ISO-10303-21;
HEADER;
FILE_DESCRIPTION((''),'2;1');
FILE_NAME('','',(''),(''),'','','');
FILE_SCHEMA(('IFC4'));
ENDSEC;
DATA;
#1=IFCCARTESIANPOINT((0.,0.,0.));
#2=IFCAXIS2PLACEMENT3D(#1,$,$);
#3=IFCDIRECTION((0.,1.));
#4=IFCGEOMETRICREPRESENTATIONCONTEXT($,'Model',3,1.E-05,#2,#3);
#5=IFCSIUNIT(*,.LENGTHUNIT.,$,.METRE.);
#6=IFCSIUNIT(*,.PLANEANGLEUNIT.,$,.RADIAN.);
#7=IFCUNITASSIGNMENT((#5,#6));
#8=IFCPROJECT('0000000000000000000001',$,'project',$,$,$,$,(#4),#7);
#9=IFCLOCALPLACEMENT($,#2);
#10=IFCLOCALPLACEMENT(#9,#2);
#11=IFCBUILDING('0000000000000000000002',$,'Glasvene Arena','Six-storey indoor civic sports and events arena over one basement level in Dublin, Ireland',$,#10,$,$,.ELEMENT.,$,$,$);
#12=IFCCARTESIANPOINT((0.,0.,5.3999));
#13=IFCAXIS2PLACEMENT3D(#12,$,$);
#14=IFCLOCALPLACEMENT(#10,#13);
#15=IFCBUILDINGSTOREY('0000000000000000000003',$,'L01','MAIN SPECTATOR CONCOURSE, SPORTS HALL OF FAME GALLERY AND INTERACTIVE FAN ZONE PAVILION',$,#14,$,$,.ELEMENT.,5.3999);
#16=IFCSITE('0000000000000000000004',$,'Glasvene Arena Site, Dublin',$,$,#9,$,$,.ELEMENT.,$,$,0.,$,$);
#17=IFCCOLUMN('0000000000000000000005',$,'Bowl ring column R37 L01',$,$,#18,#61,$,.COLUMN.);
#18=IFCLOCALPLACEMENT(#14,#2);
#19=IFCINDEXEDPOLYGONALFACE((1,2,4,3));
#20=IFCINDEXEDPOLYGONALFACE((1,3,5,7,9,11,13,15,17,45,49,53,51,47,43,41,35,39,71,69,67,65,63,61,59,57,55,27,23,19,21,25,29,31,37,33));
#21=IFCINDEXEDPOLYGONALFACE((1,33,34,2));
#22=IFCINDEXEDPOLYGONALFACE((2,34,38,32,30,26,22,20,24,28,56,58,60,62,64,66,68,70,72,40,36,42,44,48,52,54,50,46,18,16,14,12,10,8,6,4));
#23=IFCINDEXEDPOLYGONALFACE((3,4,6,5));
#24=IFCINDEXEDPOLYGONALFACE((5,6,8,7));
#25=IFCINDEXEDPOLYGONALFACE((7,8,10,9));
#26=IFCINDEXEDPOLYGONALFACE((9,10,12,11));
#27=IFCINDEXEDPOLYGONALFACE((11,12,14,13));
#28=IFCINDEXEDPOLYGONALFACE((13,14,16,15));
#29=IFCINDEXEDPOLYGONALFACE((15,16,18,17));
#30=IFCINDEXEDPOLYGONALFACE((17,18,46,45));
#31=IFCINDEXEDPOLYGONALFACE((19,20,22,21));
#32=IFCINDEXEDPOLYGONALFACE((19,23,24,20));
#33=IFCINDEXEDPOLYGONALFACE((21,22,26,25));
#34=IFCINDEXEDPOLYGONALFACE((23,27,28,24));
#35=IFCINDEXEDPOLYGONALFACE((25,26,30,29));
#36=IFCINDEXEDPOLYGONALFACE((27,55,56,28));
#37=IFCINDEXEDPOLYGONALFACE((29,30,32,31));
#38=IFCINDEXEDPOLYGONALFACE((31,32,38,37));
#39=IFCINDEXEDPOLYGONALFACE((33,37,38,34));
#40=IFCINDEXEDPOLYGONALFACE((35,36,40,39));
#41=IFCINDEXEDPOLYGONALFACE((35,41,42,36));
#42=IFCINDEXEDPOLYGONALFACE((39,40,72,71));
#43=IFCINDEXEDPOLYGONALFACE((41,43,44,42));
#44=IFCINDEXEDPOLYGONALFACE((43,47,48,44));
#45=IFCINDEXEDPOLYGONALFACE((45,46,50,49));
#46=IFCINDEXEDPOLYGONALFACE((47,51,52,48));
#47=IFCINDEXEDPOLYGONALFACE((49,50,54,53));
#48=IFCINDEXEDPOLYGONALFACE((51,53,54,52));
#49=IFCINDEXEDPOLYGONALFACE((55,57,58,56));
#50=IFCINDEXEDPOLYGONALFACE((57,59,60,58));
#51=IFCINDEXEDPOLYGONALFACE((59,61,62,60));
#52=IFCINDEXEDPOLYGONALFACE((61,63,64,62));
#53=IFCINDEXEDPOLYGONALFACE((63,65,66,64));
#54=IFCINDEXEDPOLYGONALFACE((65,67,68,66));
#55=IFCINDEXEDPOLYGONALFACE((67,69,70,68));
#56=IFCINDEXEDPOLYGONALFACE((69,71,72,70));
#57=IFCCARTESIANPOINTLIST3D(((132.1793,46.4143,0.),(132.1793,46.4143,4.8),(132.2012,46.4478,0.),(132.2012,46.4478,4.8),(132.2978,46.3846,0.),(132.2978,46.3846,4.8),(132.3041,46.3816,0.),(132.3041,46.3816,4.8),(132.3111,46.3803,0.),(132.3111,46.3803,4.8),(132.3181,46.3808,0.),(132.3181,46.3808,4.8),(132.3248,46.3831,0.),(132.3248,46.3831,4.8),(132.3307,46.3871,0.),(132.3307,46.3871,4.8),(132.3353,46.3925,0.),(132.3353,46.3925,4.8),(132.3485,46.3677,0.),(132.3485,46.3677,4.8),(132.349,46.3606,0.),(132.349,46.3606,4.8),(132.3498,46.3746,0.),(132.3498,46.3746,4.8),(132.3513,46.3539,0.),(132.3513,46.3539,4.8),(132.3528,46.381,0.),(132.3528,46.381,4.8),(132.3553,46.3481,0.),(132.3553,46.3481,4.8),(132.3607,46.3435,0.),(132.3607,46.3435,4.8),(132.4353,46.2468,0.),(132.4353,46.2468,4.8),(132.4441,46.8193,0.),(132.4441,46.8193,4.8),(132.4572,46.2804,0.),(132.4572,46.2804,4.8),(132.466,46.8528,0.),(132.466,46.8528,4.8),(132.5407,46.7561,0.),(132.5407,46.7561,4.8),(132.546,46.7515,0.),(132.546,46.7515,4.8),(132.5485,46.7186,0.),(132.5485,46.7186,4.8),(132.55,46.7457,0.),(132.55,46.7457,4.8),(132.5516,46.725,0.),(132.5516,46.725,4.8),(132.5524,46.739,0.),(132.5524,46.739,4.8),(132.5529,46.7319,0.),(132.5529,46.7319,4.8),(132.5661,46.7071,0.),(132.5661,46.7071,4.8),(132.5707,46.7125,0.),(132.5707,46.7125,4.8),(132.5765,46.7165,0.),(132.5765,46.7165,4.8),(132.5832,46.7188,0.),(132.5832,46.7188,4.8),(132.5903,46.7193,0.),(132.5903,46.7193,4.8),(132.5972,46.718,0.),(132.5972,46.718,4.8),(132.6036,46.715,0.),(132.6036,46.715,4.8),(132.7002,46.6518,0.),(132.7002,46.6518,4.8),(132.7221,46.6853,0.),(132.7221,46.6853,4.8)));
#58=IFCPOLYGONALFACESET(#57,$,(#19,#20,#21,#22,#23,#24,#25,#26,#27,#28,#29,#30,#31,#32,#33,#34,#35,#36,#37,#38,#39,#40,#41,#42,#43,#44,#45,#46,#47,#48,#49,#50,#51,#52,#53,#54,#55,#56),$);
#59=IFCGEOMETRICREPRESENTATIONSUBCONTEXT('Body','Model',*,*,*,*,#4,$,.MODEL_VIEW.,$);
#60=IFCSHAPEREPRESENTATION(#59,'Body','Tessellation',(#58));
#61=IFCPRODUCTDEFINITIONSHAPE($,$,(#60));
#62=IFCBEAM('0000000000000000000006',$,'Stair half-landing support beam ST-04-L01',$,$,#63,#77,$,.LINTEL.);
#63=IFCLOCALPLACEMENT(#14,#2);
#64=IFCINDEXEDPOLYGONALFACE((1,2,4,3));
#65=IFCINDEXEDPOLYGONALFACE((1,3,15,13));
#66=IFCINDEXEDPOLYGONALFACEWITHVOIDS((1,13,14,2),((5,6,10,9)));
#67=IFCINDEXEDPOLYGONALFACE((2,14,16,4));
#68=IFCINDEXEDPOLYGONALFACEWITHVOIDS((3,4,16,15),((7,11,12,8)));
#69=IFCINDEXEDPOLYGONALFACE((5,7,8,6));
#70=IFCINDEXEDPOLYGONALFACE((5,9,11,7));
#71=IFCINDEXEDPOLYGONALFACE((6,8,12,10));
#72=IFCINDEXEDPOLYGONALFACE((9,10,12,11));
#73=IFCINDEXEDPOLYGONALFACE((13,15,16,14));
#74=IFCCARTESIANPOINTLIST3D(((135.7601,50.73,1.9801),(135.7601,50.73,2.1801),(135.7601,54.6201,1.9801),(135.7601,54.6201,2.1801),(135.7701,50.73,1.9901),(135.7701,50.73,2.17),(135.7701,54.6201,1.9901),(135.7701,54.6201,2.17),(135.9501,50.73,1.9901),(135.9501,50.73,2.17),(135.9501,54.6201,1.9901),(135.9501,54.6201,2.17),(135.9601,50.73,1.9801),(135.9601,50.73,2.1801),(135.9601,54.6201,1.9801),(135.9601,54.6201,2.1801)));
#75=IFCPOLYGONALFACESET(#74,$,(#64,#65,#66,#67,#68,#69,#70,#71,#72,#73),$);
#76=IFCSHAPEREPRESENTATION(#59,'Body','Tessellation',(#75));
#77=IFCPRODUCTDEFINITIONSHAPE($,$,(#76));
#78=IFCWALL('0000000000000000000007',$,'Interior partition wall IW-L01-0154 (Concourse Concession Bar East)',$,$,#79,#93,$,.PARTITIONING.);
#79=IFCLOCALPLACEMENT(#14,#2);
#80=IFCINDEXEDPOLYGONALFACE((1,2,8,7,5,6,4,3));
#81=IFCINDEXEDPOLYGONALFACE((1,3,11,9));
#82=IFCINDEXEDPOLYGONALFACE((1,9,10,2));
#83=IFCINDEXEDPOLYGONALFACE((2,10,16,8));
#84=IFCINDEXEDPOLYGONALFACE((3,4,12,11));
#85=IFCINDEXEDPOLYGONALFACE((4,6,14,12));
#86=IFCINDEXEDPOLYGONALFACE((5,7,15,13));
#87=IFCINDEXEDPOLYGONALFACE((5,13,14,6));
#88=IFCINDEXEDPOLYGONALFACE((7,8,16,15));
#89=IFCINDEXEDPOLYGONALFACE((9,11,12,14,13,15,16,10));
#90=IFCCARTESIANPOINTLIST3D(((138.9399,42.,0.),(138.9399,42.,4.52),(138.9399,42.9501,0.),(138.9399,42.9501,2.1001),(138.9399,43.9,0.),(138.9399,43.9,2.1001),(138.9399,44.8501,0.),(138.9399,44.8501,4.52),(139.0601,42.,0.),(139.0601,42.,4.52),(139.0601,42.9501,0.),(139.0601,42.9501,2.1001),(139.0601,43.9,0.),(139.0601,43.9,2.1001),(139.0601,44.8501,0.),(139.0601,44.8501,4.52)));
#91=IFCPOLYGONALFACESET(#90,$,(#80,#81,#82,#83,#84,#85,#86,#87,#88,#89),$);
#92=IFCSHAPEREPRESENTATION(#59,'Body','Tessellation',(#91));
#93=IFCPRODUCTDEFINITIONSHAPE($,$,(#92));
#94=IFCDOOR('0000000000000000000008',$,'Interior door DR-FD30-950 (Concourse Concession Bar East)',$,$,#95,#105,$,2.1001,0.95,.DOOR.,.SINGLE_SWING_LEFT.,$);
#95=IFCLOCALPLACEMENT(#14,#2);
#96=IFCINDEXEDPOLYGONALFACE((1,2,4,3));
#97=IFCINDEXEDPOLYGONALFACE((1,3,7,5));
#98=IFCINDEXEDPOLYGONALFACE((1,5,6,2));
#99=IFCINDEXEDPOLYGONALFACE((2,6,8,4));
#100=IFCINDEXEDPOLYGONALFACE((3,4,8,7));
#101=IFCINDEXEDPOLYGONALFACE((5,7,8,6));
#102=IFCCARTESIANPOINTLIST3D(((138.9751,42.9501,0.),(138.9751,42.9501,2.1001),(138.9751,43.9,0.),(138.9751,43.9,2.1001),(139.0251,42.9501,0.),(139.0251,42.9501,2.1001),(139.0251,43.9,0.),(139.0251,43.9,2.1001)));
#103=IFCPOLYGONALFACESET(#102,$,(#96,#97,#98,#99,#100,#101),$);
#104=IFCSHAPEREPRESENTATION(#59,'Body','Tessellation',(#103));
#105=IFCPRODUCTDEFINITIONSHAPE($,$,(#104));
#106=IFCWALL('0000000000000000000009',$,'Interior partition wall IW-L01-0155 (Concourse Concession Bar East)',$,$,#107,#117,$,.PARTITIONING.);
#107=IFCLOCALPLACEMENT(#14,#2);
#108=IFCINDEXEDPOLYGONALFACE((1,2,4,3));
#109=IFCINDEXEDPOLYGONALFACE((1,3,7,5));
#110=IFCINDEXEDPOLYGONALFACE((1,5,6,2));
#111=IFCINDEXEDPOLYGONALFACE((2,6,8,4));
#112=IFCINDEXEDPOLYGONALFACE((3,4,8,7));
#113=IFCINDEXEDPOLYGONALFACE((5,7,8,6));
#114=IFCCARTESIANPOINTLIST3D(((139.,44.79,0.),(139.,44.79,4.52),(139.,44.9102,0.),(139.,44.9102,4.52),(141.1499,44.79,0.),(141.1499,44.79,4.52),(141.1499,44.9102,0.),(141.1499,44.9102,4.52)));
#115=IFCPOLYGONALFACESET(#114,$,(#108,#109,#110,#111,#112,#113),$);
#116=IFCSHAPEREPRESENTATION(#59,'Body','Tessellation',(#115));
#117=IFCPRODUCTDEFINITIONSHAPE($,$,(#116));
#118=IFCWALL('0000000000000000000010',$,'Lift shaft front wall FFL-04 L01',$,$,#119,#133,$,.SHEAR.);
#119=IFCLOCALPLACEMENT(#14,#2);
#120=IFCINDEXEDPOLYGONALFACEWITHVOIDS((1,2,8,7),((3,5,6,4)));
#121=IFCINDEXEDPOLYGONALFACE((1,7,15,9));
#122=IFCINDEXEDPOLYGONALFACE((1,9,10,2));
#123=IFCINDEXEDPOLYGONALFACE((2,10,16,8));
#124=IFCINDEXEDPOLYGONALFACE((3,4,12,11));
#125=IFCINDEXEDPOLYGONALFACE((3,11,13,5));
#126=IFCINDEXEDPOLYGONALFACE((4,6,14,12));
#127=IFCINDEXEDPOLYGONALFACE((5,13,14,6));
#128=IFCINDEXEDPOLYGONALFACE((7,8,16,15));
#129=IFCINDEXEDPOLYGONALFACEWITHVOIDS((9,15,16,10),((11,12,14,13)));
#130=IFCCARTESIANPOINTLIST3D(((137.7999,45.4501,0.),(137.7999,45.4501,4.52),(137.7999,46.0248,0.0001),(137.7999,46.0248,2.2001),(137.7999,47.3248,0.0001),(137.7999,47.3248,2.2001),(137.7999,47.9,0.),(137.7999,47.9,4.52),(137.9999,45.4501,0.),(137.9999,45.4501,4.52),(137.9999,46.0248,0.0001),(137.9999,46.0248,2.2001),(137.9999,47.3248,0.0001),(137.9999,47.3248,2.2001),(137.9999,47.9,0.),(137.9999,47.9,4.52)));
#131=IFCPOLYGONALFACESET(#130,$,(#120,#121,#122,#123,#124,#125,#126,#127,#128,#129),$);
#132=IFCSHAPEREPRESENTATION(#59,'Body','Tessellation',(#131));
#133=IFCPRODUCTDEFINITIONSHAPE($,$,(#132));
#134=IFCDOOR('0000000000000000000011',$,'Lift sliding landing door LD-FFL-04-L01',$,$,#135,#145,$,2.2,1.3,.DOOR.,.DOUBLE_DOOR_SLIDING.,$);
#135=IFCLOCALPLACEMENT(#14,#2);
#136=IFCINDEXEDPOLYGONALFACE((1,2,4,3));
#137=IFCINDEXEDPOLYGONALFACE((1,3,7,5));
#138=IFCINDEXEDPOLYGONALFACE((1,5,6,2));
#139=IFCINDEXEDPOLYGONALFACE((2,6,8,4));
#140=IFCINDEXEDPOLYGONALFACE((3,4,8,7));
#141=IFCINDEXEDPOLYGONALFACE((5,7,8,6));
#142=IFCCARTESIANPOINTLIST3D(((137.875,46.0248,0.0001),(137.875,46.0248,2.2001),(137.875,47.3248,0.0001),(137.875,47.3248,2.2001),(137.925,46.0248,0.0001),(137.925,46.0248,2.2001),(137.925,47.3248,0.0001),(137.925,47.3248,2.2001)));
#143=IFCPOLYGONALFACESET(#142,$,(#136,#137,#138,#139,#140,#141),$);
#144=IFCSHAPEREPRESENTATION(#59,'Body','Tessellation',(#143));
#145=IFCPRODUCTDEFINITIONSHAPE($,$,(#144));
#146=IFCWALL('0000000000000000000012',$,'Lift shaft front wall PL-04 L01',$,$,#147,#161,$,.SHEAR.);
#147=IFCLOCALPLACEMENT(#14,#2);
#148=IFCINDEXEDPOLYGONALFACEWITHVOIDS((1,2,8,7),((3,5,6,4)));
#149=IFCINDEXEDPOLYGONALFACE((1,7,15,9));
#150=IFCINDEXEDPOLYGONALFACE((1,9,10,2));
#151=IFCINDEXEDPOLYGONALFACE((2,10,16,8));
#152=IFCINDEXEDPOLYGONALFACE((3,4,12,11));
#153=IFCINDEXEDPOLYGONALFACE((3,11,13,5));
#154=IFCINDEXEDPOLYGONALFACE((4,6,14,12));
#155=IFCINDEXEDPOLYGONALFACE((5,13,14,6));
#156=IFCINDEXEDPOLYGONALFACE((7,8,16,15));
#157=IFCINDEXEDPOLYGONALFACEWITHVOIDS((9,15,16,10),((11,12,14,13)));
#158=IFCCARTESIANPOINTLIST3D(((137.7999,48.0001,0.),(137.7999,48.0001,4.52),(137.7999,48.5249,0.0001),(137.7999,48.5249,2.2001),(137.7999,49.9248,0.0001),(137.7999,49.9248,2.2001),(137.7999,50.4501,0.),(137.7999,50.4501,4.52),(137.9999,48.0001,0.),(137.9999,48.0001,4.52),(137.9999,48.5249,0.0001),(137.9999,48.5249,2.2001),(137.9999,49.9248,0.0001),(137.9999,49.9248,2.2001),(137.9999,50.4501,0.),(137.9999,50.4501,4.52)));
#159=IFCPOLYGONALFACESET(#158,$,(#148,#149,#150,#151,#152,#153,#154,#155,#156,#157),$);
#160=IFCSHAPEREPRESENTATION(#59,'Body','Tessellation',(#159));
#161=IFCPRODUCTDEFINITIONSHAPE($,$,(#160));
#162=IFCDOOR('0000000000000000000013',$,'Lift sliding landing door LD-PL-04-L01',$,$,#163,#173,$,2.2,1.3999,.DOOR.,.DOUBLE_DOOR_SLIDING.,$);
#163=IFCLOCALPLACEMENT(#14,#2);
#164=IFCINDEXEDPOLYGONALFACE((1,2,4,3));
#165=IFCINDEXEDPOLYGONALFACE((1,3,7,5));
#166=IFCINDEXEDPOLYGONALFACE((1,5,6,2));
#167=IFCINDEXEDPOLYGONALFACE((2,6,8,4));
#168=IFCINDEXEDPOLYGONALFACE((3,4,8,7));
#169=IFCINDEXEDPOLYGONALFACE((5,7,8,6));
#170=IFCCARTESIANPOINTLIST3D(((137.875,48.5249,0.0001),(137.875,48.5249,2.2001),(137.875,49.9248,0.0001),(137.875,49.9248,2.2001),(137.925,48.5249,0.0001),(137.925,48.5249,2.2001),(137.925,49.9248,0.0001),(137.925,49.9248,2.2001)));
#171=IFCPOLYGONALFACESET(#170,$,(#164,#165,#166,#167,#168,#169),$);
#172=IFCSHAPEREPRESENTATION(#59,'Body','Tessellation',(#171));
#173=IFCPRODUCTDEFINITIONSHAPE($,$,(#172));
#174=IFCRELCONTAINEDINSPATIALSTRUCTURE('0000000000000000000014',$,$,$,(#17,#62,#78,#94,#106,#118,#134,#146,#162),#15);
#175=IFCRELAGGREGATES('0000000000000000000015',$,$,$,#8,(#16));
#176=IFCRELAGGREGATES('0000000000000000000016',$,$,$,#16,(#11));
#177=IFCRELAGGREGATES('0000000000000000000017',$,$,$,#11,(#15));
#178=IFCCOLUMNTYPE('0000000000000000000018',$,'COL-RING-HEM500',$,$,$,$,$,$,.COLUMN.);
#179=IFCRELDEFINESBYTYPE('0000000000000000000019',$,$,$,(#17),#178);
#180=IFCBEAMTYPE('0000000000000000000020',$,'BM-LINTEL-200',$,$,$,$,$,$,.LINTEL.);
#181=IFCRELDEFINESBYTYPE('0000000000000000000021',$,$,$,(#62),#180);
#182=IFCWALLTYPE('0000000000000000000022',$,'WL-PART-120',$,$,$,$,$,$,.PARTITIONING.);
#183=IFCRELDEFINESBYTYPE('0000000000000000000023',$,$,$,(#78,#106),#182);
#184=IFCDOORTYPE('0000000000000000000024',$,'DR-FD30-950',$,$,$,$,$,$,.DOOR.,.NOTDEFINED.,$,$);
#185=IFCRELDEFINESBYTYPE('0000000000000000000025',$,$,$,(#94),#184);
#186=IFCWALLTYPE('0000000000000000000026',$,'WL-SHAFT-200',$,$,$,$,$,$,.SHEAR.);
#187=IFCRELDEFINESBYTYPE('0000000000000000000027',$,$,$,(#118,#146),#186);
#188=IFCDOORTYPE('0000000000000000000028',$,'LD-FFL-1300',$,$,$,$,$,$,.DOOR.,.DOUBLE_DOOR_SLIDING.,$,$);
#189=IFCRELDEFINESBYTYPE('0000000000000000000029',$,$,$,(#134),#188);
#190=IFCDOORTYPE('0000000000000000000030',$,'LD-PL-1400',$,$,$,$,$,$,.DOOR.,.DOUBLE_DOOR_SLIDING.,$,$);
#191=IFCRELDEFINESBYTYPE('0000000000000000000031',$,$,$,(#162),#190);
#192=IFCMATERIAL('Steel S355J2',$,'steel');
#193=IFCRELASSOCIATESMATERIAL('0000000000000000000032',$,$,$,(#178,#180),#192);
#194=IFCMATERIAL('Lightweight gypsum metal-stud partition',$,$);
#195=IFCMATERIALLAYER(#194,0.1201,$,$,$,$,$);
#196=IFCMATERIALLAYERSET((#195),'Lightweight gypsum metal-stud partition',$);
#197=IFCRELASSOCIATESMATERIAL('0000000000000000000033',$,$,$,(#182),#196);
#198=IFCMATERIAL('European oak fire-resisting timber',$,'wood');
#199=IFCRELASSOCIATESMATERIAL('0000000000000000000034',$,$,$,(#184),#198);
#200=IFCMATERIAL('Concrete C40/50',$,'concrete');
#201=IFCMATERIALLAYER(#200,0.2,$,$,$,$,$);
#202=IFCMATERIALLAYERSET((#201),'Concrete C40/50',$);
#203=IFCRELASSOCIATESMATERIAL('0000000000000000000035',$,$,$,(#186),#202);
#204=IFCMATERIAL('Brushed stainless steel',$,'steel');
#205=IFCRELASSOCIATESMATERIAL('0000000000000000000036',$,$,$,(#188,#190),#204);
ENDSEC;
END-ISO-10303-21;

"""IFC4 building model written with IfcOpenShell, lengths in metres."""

from ifc_helpers import new_model, si_unit, direction, frame, frame_2d, origin, origin_2d, place, context, subcontext, project, spatial, rectangle, hollow_rectangle, i_section, extrude, material, layer, layer_set, material_profile, profile_set, type_object, element, fill, save


model = new_model("IFC4")

# Units and contexts
model_context = context("Model", 3, precision=1e-05, world=origin(), true_north=direction((0.0, 1.0)))
body_context = subcontext(model_context, "Body", "Model", "MODEL_VIEW")
ifc_project = project(units=[si_unit("LENGTHUNIT", "METRE"), si_unit("PLANEANGLEUNIT", "RADIAN")], contexts=[model_context])

# Site, building, storey
site_placement = place(None, origin())
site = spatial("IfcSite", under=ifc_project, at=site_placement, Name="Glasvene Arena Site, Dublin", CompositionType="ELEMENT", RefElevation=0.0)
building_placement = place(site_placement, origin())
building = spatial("IfcBuilding", under=site, at=building_placement, Name="Glasvene Arena", Description="Six-storey indoor civic sports and events arena over one basement level in Dublin, Ireland", CompositionType="ELEMENT")
storey_placement = place(building_placement, frame((0.0, 0.0, 5.3999)))
storey = spatial("IfcBuildingStorey", under=building, at=storey_placement, Name="L01", Description="MAIN SPECTATOR CONCOURSE, SPORTS HALL OF FAME GALLERY AND INTERACTIVE FAN ZONE PAVILION", CompositionType="ELEMENT", Elevation=5.3999)

# Column
ifc_material_1 = material(Name="Steel S355J2", Category="steel")
ifc_material_profile_1 = material_profile(ifc_material_1, i_section(OverallWidth=0.3059, OverallDepth=0.5239, WebThickness=0.021, FlangeThickness=0.04, FilletRadius=0.0271, at=origin_2d()), Name="HEM 500")
ifc_profile_set_1 = profile_set([ifc_material_profile_1], Name="Steel S355J2")
column_type = type_object("IfcColumnType", Name="COL-RING-HEM500", PredefinedType="COLUMN", material=ifc_profile_set_1)
column_placement = place(storey_placement, frame((132.4507, 46.5498, 0.0), z_axis=(0.0, 0.0, 1.0), x_axis=(0.836955, -0.547271, 0.0)))
element("IfcColumn", 1, at=column_placement, inside=storey, type_object=column_type, Name="Bowl ring column R37 L01", PredefinedType="COLUMN", context=body_context, shape_type="SweptSolid", body=[
    extrude(i_section(OverallWidth=0.3059, OverallDepth=0.5239, WebThickness=0.021, FlangeThickness=0.04, FilletRadius=0.0271, at=origin_2d()), origin(), (0.0, 0.0, 1.0), 4.8),
])

# Beam
ifc_material_profile_2 = material_profile(ifc_material_1, hollow_rectangle(XDim=0.2, YDim=0.2, WallThickness=0.01, at=origin_2d()), Name="SHS 200x200x10.0")
ifc_profile_set_2 = profile_set([ifc_material_profile_2], Name="Steel S355J2")
beam_type = type_object("IfcBeamType", Name="BM-LINTEL-200", PredefinedType="LINTEL", material=ifc_profile_set_2)
beam_placement = place(storey_placement, frame((135.8601, 50.73, 2.0801), z_axis=(0.0, 1.0, 0.0), x_axis=(-1.0, 0.0, 0.0)))
element("IfcBeam", 2, at=beam_placement, inside=storey, type_object=beam_type, Name="Stair half-landing support beam ST-04-L01", PredefinedType="LINTEL", context=body_context, shape_type="SweptSolid", body=[
    extrude(hollow_rectangle(XDim=0.2, YDim=0.2, WallThickness=0.01, at=origin_2d()), origin(), (0.0, 0.0, 1.0), 3.8901),
])

# Shared definitions
ifc_material_2 = material(Name="Concrete C40/50", Category="concrete")

# Wall, opening, door
ifc_material_3 = material(Name="Lightweight gypsum metal-stud partition")
ifc_layer_1 = layer(ifc_material_3, 0.1201)
ifc_layer_set_1 = layer_set([ifc_layer_1], Name="Lightweight gypsum metal-stud partition")
wall_type_1 = type_object("IfcWallType", Name="WL-PART-120", PredefinedType="PARTITIONING", material=ifc_layer_set_1)
wall_1_placement = place(storey_placement, frame((139.0, 42.0, 0.0), z_axis=(0.0, 0.0, 1.0), x_axis=(0.0, 1.0, 0.0)))
wall_1 = element("IfcWall", 3, at=wall_1_placement, inside=storey, type_object=wall_type_1, Name="Interior partition wall IW-L01-0154 (Concourse Concession Bar East)", PredefinedType="PARTITIONING", context=body_context, shape_type="SweptSolid", body=[
    extrude(rectangle(XDim=2.8501, YDim=0.1201, at=frame_2d((1.425, 0.0))), origin(), (0.0, 0.0, 1.0), 4.52),
])
opening_1_placement = place(wall_1_placement, frame((0.95, 0.0, 0.0)))
opening_1 = element("IfcOpeningElement", 4, at=opening_1_placement, cuts=wall_1, PredefinedType="OPENING", context=body_context, shape_type="SweptSolid", body=[
    extrude(rectangle(XDim=0.95, YDim=2.1001, at=frame_2d((0.4751, 1.05))), frame((0.0, 0.0701, 0.0), z_axis=(0.0, -1.0, 0.0), x_axis=(1.0, 0.0, 0.0)), (0.0, 0.0, 1.0), 0.1401),
])
ifc_material_4 = material(Name="European oak fire-resisting timber", Category="wood")
door_type_1 = type_object("IfcDoorType", Name="DR-FD30-950", OperationType="NOTDEFINED", PredefinedType="DOOR", material=ifc_material_4)
door_1_placement = place(opening_1_placement, origin())
door_1 = element("IfcDoor", 5, at=door_1_placement, inside=storey, type_object=door_type_1, Name="Interior door DR-FD30-950 (Concourse Concession Bar East)", OperationType="SINGLE_SWING_LEFT", OverallHeight=2.1001, OverallWidth=0.95, PredefinedType="DOOR", context=body_context, shape_type="SweptSolid", body=[
    extrude(rectangle(XDim=0.95, YDim=2.1001, at=frame_2d((0.4751, 1.05))), frame((0.0, 0.0249, 0.0), z_axis=(0.0, -1.0, 0.0), x_axis=(1.0, 0.0, 0.0)), (0.0, 0.0, 1.0), 0.05),
])
fill(opening_1, door_1)

# Wall
wall_2_placement = place(storey_placement, frame((139.0, 44.8501, 0.0), z_axis=(0.0, 0.0, 1.0), x_axis=(1.0, 0.0, 0.0)))
element("IfcWall", 6, at=wall_2_placement, inside=storey, type_object=wall_type_1, Name="Interior partition wall IW-L01-0155 (Concourse Concession Bar East)", PredefinedType="PARTITIONING", context=body_context, shape_type="SweptSolid", body=[
    extrude(rectangle(XDim=2.1499, YDim=0.1201, at=frame_2d((1.075, 0.0))), origin(), (0.0, 0.0, 1.0), 4.52),
])

# Walls, openings, doors
ifc_layer_2 = layer(ifc_material_2, 0.2)
ifc_layer_set_2 = layer_set([ifc_layer_2], Name="Concrete C40/50")
wall_type_2 = type_object("IfcWallType", Name="WL-SHAFT-200", PredefinedType="SHEAR", material=ifc_layer_set_2)
wall_3_placement = place(storey_placement, frame((137.8999, 45.45, 0.0), z_axis=(0.0, 0.0, 1.0), x_axis=(0.0, 1.0, 0.0)))
wall_3 = element("IfcWall", 7, at=wall_3_placement, inside=storey, type_object=wall_type_2, Name="Lift shaft front wall FFL-04 L01", PredefinedType="SHEAR", context=body_context, shape_type="SweptSolid", body=[
    extrude(rectangle(XDim=2.45, YDim=0.2, at=frame_2d((1.2251, 0.0))), origin(), (0.0, 0.0, 1.0), 4.52),
])
opening_2_placement = place(wall_3_placement, frame((0.575, 0.0, 0.0)))
opening_2 = element("IfcOpeningElement", 8, at=opening_2_placement, cuts=wall_3, PredefinedType="OPENING", context=body_context, shape_type="SweptSolid", body=[
    extrude(rectangle(XDim=1.3, YDim=2.2, at=frame_2d((0.6499, 1.1001))), frame((0.0, 0.1099, 0.0), z_axis=(0.0, -1.0, 0.0), x_axis=(1.0, 0.0, 0.0)), (0.0, 0.0, 1.0), 0.22),
])
ifc_material_5 = material(Name="Brushed stainless steel", Category="steel")
door_type_2 = type_object("IfcDoorType", Name="LD-FFL-1300", OperationType="DOUBLE_DOOR_SLIDING", PredefinedType="DOOR", material=ifc_material_5)
door_2_placement = place(opening_2_placement, origin())
door_2 = element("IfcDoor", 9, at=door_2_placement, inside=storey, type_object=door_type_2, Name="Lift sliding landing door LD-FFL-04-L01", OperationType="DOUBLE_DOOR_SLIDING", OverallHeight=2.2, OverallWidth=1.3, PredefinedType="DOOR", context=body_context, shape_type="SweptSolid", body=[
    extrude(rectangle(XDim=1.3, YDim=2.2, at=frame_2d((0.6499, 1.1001))), frame((0.0, 0.0249, 0.0), z_axis=(0.0, -1.0, 0.0), x_axis=(1.0, 0.0, 0.0)), (0.0, 0.0, 1.0), 0.05),
])
fill(opening_2, door_2)
wall_4_placement = place(storey_placement, frame((137.8999, 48.0, 0.0), z_axis=(0.0, 0.0, 1.0), x_axis=(0.0, 1.0, 0.0)))
wall_4 = element("IfcWall", 10, at=wall_4_placement, inside=storey, type_object=wall_type_2, Name="Lift shaft front wall PL-04 L01", PredefinedType="SHEAR", context=body_context, shape_type="SweptSolid", body=[
    extrude(rectangle(XDim=2.45, YDim=0.2, at=frame_2d((1.2251, 0.0))), origin(), (0.0, 0.0, 1.0), 4.52),
])
opening_3_placement = place(wall_4_placement, frame((0.5249, 0.0, 0.0)))
opening_3 = element("IfcOpeningElement", 11, at=opening_3_placement, cuts=wall_4, PredefinedType="OPENING", context=body_context, shape_type="SweptSolid", body=[
    extrude(rectangle(XDim=1.3999, YDim=2.2, at=frame_2d((0.7, 1.1001))), frame((0.0, 0.1099, 0.0), z_axis=(0.0, -1.0, 0.0), x_axis=(1.0, 0.0, 0.0)), (0.0, 0.0, 1.0), 0.22),
])
door_type_3 = type_object("IfcDoorType", Name="LD-PL-1400", OperationType="DOUBLE_DOOR_SLIDING", PredefinedType="DOOR", material=ifc_material_5)
door_3_placement = place(opening_3_placement, origin())
door_3 = element("IfcDoor", 12, at=door_3_placement, inside=storey, type_object=door_type_3, Name="Lift sliding landing door LD-PL-04-L01", OperationType="DOUBLE_DOOR_SLIDING", OverallHeight=2.2, OverallWidth=1.3999, PredefinedType="DOOR", context=body_context, shape_type="SweptSolid", body=[
    extrude(rectangle(XDim=1.3999, YDim=2.2, at=frame_2d((0.7, 1.1001))), frame((0.0, 0.0249, 0.0), z_axis=(0.0, -1.0, 0.0), x_axis=(1.0, 0.0, 0.0)), (0.0, 0.0, 1.0), 0.05),
])
fill(opening_3, door_3)

save(model, "model.ifc")
